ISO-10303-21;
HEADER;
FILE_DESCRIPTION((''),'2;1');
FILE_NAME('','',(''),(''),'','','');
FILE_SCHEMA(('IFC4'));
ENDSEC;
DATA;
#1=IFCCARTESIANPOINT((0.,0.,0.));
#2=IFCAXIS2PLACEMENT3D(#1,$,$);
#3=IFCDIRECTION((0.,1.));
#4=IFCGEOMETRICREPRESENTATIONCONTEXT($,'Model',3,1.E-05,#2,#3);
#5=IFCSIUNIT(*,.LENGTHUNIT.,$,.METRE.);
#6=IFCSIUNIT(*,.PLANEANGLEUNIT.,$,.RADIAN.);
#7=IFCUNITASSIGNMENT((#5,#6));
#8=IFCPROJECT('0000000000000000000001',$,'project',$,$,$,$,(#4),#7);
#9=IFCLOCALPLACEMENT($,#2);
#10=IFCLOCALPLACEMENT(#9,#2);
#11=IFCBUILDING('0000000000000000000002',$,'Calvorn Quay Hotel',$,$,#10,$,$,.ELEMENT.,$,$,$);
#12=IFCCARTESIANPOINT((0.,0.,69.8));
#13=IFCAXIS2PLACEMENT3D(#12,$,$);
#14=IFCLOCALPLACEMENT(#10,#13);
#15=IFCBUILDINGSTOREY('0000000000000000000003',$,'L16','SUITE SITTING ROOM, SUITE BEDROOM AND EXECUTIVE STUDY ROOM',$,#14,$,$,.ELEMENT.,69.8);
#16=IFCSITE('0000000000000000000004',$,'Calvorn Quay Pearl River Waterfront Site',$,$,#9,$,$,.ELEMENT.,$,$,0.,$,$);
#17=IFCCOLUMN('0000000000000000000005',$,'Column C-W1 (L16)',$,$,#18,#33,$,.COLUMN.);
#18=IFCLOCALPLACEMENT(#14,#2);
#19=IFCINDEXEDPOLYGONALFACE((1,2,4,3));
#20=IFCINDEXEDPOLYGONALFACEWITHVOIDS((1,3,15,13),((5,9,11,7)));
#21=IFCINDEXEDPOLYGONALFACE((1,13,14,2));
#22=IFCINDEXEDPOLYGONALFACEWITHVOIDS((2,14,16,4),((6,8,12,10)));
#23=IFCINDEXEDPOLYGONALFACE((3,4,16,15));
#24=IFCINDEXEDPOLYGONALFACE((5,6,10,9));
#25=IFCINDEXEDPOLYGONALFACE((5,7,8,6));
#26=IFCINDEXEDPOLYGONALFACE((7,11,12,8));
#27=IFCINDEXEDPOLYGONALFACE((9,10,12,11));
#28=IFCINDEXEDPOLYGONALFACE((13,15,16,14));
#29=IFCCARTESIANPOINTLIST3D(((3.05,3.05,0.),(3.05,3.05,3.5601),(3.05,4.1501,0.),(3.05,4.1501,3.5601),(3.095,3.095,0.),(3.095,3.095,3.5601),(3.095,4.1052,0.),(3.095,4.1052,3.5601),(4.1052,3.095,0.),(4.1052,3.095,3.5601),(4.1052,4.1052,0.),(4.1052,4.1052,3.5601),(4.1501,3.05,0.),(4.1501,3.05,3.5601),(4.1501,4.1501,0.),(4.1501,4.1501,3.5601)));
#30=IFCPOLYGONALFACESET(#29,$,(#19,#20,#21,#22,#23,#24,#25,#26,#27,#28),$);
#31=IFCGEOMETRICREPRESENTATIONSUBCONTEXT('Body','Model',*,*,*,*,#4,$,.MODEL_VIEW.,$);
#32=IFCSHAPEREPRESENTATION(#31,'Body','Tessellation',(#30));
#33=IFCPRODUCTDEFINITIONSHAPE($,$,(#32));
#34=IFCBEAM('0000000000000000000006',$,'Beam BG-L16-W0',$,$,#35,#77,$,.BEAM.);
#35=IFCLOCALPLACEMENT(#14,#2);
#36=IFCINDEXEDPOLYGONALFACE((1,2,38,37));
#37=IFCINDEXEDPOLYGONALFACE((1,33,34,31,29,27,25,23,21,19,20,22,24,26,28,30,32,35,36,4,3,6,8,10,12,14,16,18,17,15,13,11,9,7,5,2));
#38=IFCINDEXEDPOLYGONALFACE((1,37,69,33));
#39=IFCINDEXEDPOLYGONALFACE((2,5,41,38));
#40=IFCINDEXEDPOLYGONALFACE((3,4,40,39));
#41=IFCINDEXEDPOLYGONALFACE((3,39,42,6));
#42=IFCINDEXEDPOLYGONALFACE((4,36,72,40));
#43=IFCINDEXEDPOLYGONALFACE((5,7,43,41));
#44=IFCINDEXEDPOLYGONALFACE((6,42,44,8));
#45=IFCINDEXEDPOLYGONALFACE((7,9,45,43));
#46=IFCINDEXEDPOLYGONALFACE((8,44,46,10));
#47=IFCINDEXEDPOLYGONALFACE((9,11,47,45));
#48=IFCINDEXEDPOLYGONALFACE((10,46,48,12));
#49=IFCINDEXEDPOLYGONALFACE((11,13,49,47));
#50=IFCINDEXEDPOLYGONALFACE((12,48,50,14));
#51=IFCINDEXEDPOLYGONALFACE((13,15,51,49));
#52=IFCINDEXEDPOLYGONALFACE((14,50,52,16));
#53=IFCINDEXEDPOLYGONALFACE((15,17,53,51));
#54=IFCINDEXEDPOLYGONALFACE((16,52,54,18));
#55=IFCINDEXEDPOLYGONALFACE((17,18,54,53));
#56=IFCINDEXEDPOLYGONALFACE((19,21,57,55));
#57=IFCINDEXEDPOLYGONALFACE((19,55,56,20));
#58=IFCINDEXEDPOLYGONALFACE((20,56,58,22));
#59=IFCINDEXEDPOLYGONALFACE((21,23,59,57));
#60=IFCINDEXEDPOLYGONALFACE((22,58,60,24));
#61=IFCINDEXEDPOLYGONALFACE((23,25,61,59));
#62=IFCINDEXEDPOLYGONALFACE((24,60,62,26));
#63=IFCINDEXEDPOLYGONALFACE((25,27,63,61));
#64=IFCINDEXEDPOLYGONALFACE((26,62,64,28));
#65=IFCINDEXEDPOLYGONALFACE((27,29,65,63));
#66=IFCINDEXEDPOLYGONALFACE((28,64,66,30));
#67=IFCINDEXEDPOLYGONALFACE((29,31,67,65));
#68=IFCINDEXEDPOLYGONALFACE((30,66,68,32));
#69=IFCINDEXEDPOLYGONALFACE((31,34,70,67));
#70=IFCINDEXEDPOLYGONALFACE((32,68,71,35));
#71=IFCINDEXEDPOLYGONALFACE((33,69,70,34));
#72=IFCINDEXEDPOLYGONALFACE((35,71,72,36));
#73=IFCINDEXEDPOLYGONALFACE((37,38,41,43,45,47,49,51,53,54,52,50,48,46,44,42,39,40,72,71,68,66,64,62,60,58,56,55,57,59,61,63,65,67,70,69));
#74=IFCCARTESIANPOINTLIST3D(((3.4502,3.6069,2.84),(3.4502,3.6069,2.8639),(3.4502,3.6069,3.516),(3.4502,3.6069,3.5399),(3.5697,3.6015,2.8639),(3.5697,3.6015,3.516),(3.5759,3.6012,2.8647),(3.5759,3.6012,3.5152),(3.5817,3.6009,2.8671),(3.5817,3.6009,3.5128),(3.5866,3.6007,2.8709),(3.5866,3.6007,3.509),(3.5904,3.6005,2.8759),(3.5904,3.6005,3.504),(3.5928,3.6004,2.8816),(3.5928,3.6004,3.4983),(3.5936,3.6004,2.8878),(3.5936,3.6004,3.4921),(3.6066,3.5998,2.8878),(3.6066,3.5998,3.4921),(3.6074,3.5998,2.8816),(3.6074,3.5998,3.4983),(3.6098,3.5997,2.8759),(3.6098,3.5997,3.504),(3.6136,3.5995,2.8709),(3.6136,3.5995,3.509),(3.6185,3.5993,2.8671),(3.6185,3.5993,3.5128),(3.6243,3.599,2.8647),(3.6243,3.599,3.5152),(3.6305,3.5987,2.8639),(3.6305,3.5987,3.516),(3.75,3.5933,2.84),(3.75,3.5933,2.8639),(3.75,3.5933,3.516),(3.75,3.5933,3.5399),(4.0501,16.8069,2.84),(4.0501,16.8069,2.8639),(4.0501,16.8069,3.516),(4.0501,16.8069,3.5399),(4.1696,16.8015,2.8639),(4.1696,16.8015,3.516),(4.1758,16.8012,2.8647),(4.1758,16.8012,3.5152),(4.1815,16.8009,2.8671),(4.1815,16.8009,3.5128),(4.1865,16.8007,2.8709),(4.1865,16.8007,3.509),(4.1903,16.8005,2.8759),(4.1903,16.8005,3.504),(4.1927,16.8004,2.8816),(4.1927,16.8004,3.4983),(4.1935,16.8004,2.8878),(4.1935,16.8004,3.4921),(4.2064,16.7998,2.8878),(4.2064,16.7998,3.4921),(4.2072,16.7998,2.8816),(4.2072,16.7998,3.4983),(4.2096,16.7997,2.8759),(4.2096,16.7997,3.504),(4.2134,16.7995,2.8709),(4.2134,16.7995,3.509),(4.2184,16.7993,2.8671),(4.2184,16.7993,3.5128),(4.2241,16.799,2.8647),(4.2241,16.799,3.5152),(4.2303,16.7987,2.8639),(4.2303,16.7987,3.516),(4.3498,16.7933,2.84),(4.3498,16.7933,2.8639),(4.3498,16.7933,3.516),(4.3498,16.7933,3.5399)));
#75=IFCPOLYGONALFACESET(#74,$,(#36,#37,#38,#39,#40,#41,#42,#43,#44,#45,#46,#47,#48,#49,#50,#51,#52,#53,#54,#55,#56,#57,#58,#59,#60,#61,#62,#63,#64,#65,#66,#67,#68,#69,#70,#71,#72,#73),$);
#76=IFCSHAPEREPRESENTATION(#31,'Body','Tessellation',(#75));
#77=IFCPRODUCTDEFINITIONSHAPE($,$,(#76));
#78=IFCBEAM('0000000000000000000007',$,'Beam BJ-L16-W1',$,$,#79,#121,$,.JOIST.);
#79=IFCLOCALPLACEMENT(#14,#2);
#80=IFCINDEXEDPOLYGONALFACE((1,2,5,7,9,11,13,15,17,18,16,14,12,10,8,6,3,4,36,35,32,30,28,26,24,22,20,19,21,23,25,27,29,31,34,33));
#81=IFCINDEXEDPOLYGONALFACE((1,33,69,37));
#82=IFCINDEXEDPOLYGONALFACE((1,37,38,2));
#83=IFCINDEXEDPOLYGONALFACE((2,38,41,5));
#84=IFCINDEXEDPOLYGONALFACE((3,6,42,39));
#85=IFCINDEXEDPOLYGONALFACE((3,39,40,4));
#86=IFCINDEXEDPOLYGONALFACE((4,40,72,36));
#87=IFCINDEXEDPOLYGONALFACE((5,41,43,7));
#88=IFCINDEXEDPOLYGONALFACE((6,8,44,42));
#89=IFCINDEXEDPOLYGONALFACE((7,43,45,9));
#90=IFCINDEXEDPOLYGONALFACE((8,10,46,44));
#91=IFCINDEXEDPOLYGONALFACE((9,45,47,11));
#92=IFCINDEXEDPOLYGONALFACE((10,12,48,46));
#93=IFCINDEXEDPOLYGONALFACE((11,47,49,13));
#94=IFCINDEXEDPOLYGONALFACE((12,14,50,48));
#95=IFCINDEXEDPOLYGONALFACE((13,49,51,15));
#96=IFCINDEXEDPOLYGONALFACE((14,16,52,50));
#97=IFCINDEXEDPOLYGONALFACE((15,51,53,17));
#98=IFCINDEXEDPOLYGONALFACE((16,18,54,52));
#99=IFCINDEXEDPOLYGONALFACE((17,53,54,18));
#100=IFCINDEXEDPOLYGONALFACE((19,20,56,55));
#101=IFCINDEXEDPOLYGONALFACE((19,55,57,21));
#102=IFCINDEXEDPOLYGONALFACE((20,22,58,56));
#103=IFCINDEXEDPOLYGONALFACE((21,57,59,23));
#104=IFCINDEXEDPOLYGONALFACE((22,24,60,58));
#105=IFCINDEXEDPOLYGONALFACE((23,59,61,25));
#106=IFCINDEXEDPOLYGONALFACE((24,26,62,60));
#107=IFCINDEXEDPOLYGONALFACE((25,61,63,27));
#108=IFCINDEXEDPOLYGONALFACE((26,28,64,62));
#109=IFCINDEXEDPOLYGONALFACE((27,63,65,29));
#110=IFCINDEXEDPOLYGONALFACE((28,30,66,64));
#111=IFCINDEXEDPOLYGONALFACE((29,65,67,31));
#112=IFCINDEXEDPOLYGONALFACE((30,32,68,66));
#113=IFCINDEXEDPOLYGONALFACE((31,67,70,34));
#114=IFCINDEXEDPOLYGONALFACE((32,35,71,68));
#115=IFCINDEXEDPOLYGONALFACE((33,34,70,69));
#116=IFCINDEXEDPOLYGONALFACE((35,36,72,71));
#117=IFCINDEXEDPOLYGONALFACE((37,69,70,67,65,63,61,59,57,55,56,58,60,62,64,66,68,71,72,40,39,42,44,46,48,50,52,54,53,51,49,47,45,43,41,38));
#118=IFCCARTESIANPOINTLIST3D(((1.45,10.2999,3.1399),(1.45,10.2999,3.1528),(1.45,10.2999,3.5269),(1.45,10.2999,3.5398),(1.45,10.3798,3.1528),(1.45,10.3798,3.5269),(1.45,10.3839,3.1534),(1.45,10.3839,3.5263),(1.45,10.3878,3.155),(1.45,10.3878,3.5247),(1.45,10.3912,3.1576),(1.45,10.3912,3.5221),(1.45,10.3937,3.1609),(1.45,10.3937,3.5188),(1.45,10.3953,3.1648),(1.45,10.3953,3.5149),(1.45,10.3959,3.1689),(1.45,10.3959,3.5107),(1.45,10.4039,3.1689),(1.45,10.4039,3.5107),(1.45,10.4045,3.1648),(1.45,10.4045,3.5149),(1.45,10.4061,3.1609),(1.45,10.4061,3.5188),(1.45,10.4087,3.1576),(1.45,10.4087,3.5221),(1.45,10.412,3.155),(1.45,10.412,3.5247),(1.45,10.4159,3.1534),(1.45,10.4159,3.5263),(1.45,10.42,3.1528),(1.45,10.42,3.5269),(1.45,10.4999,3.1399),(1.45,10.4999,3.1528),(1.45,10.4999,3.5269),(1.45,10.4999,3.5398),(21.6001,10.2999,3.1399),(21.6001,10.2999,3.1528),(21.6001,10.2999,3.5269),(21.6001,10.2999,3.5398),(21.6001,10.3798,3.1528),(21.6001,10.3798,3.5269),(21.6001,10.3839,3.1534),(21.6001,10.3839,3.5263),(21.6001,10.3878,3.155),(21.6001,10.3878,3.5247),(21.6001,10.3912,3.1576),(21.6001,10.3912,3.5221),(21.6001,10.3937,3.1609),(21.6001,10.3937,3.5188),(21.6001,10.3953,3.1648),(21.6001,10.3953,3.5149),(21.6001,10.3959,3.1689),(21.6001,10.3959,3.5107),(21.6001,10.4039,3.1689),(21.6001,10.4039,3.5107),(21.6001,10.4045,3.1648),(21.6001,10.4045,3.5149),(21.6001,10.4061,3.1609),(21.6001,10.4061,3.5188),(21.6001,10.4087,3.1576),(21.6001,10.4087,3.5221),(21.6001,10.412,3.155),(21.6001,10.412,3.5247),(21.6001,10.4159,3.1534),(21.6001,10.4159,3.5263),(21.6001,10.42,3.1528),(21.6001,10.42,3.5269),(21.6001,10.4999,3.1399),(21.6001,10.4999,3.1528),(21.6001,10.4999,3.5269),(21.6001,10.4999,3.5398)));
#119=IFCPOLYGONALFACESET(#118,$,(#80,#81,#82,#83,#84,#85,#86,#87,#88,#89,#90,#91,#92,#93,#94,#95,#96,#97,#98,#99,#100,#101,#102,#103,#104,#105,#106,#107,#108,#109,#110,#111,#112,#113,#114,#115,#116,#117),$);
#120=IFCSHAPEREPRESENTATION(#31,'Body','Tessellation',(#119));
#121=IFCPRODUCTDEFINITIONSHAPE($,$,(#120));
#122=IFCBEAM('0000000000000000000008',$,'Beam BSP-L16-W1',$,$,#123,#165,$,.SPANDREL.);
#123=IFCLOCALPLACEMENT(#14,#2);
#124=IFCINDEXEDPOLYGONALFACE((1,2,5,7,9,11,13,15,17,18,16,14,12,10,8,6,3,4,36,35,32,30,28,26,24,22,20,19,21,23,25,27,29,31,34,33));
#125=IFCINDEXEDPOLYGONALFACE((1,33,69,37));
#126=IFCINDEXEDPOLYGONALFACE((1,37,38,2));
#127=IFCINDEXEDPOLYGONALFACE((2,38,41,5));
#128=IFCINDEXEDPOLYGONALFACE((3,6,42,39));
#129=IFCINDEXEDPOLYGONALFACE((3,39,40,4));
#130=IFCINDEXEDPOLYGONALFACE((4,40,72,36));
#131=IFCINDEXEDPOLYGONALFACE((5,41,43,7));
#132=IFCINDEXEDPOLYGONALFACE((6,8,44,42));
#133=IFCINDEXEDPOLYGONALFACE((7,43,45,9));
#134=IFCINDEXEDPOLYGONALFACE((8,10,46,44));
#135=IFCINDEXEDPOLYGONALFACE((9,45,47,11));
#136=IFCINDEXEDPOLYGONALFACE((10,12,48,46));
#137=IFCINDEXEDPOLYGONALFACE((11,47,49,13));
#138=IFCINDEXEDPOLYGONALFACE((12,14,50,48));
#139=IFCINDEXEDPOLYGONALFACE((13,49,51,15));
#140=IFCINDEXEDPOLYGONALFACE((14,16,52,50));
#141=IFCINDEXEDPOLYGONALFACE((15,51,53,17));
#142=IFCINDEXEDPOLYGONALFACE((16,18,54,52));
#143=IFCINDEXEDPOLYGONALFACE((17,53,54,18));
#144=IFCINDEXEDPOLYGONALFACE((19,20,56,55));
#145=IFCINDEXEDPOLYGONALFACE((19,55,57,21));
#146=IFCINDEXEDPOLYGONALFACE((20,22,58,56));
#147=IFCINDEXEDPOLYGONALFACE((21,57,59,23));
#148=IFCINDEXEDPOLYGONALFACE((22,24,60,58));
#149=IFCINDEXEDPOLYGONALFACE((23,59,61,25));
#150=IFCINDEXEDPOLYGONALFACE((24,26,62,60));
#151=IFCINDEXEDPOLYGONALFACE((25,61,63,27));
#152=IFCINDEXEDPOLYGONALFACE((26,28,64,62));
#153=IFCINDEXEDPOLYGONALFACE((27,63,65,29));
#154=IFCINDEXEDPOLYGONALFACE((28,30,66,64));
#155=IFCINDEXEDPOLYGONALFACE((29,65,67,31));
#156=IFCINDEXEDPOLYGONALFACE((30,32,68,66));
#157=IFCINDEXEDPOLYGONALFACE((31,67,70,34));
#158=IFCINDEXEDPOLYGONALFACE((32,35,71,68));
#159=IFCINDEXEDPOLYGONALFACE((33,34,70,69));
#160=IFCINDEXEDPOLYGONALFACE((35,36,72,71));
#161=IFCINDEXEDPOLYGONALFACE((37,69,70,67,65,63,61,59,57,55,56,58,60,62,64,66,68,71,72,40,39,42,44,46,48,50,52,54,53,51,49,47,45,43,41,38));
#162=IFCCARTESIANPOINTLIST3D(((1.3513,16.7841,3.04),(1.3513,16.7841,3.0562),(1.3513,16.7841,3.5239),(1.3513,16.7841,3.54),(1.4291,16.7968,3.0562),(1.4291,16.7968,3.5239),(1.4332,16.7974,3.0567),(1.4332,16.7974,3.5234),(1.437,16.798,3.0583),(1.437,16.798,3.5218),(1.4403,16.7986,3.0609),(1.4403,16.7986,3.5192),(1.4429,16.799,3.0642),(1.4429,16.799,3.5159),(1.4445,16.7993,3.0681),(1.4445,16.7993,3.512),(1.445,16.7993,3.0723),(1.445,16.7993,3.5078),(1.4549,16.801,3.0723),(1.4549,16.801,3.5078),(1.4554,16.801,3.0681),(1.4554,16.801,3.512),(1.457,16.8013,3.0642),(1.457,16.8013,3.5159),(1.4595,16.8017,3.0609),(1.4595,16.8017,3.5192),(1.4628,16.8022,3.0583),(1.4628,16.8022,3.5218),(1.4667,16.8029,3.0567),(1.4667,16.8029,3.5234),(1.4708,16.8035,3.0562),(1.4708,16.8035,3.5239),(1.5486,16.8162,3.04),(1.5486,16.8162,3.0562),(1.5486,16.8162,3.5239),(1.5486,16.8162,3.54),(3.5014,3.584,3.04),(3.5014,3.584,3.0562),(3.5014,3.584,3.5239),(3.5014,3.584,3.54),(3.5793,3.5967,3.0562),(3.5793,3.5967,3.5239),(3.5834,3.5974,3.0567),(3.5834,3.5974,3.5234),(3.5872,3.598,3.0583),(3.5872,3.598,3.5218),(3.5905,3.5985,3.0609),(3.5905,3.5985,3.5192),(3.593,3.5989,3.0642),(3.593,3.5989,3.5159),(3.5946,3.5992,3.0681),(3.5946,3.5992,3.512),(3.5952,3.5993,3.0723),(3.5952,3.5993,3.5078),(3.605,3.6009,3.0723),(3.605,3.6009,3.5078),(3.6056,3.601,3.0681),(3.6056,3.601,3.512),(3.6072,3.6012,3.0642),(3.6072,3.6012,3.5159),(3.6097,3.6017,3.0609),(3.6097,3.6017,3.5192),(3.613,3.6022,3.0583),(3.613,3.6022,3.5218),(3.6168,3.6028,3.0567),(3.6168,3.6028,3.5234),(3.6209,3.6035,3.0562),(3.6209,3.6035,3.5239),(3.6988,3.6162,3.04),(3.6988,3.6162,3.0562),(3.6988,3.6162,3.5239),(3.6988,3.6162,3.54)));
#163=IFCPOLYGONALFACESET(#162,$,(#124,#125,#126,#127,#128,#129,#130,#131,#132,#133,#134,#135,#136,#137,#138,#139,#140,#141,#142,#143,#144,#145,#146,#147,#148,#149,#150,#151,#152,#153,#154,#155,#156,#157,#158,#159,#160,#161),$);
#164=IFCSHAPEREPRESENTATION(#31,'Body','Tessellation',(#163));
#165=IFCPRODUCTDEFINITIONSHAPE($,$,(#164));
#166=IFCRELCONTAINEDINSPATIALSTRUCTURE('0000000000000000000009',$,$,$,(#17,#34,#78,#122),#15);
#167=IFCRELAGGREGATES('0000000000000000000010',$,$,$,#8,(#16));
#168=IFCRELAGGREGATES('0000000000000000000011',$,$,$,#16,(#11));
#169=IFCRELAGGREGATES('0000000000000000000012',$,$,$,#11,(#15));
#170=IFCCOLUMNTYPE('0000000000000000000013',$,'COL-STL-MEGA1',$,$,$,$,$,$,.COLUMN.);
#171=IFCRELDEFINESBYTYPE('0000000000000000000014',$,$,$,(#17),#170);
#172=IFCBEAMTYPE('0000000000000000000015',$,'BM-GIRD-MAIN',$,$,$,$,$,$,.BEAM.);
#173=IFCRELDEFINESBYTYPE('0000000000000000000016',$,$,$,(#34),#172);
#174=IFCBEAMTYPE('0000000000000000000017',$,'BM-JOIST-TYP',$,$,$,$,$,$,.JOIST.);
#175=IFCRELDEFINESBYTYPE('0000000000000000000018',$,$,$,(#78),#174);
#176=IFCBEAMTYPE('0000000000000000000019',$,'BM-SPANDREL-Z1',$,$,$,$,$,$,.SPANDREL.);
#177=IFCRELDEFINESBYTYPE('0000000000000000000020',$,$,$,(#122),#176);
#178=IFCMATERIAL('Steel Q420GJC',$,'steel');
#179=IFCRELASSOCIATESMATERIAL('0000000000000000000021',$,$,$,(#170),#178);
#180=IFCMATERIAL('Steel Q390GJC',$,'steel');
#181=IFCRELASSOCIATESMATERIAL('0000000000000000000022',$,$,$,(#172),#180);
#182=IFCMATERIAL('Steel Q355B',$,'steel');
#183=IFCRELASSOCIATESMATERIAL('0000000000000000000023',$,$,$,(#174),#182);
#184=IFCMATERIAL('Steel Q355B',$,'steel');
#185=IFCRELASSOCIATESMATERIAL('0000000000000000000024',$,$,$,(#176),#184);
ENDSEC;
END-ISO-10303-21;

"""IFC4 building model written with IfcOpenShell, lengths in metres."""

from ifc_helpers import new_model, si_unit, direction, frame, origin, origin_2d, place, context, subcontext, project, spatial, hollow_rectangle, i_section, extrude, material, material_profile, profile_set, type_object, element, save


model = new_model("IFC4")

# Units and contexts
model_context = context("Model", 3, precision=1e-05, world=origin(), true_north=direction((0.0, 1.0)))
body_context = subcontext(model_context, "Body", "Model", "MODEL_VIEW")
ifc_project = project(units=[si_unit("LENGTHUNIT", "METRE"), si_unit("PLANEANGLEUNIT", "RADIAN")], contexts=[model_context])

# Site, building, storey
site_placement = place(None, origin())
site = spatial("IfcSite", under=ifc_project, at=site_placement, Name="Calvorn Quay Pearl River Waterfront Site", CompositionType="ELEMENT", RefElevation=0.0)
building_placement = place(site_placement, origin())
building = spatial("IfcBuilding", under=site, at=building_placement, Name="Calvorn Quay Hotel", CompositionType="ELEMENT")
storey_placement = place(building_placement, frame((0.0, 0.0, 69.8)))
storey = spatial("IfcBuildingStorey", under=building, at=storey_placement, Name="L16", Description="SUITE SITTING ROOM, SUITE BEDROOM AND EXECUTIVE STUDY ROOM", CompositionType="ELEMENT", Elevation=69.8)

# Column
ifc_material_1 = material(Name="Steel Q420GJC", Category="steel")
ifc_material_profile_1 = material_profile(ifc_material_1, hollow_rectangle(XDim=1.1001, YDim=1.1001, WallThickness=0.0449, at=origin_2d()), Name="BOX1100x1100x45")
ifc_profile_set_1 = profile_set([ifc_material_profile_1], Name="Steel Q420GJC")
column_type = type_object("IfcColumnType", Name="COL-STL-MEGA1", PredefinedType="COLUMN", material=ifc_profile_set_1)
column_placement = place(storey_placement, frame((3.6001, 3.6001, 0.0), z_axis=(0.0, 0.0, 1.0), x_axis=(1.0, 0.0, 0.0)))
element("IfcColumn", 1, at=column_placement, inside=storey, type_object=column_type, Name="Column C-W1 (L16)", PredefinedType="COLUMN", context=body_context, shape_type="SweptSolid", body=[
    extrude(hollow_rectangle(XDim=1.1001, YDim=1.1001, WallThickness=0.0449, at=origin_2d()), origin(), (0.0, 0.0, 1.0), 3.5601),
])

# Beams
ifc_material_2 = material(Name="Steel Q390GJC", Category="steel")
ifc_material_profile_2 = material_profile(ifc_material_2, i_section(OverallWidth=0.3, OverallDepth=0.7, WebThickness=0.0129, FlangeThickness=0.0239, FilletRadius=0.0239, at=origin_2d()), Name="HN700x300x13x24")
ifc_profile_set_2 = profile_set([ifc_material_profile_2], Name="Steel Q390GJC")
beam_type_1 = type_object("IfcBeamType", Name="BM-GIRD-MAIN", PredefinedType="BEAM", material=ifc_profile_set_2)
beam_1_placement = place(storey_placement, frame((3.6001, 3.6001, 3.1899), z_axis=(0.045397, 0.998969, 0.0), x_axis=(-0.998969, 0.045397, 0.0)))
element("IfcBeam", 2, at=beam_1_placement, inside=storey, type_object=beam_type_1, Name="Beam BG-L16-W0", PredefinedType="BEAM", context=body_context, shape_type="SweptSolid", body=[
    extrude(i_section(OverallWidth=0.3, OverallDepth=0.7, WebThickness=0.0129, FlangeThickness=0.0239, FilletRadius=0.0239, at=origin_2d()), origin(), (0.0, 0.0, 1.0), 13.2136),
])
ifc_material_3 = material(Name="Steel Q355B", Category="steel")
ifc_material_profile_3 = material_profile(ifc_material_3, i_section(OverallWidth=0.2, OverallDepth=0.3999, WebThickness=0.0081, FlangeThickness=0.0129, FilletRadius=0.0161, at=origin_2d()), Name="HN400x200x8x13")
ifc_profile_set_3 = profile_set([ifc_material_profile_3], Name="Steel Q355B")
beam_type_2 = type_object("IfcBeamType", Name="BM-JOIST-TYP", PredefinedType="JOIST", material=ifc_profile_set_3)
beam_2_placement = place(storey_placement, frame((1.45, 10.3999, 3.3398), z_axis=(1.0, 0.0, 0.0), x_axis=(0.0, 1.0, 0.0)))
element("IfcBeam", 3, at=beam_2_placement, inside=storey, type_object=beam_type_2, Name="Beam BJ-L16-W1", PredefinedType="JOIST", context=body_context, shape_type="SweptSolid", body=[
    extrude(i_section(OverallWidth=0.2, OverallDepth=0.3999, WebThickness=0.0081, FlangeThickness=0.0129, FilletRadius=0.0161, at=origin_2d()), origin(), (0.0, 0.0, 1.0), 20.1501),
])
ifc_material_4 = material(Name="Steel Q355B", Category="steel")
ifc_material_profile_4 = material_profile(ifc_material_4, i_section(OverallWidth=0.2, OverallDepth=0.5, WebThickness=0.01, FlangeThickness=0.0161, FilletRadius=0.0161, at=origin_2d()), Name="HN500x200x10x16")
ifc_profile_set_4 = profile_set([ifc_material_profile_4], Name="Steel Q355B")
beam_type_3 = type_object("IfcBeamType", Name="BM-SPANDREL-Z1", PredefinedType="SPANDREL", material=ifc_profile_set_4)
beam_3_placement = place(storey_placement, frame((3.6001, 3.6001, 3.29), z_axis=(-0.160772, 0.986992, 0.0), x_axis=(-0.986992, -0.160772, 0.0)))
element("IfcBeam", 4, at=beam_3_placement, inside=storey, type_object=beam_type_3, Name="Beam BSP-L16-W1", PredefinedType="SPANDREL", context=body_context, shape_type="SweptSolid", body=[
    extrude(i_section(OverallWidth=0.2, OverallDepth=0.5, WebThickness=0.01, FlangeThickness=0.0161, FilletRadius=0.0161, at=origin_2d()), origin(), (0.0, 0.0, 1.0), 13.374),
])

save(model, "model.ifc")
